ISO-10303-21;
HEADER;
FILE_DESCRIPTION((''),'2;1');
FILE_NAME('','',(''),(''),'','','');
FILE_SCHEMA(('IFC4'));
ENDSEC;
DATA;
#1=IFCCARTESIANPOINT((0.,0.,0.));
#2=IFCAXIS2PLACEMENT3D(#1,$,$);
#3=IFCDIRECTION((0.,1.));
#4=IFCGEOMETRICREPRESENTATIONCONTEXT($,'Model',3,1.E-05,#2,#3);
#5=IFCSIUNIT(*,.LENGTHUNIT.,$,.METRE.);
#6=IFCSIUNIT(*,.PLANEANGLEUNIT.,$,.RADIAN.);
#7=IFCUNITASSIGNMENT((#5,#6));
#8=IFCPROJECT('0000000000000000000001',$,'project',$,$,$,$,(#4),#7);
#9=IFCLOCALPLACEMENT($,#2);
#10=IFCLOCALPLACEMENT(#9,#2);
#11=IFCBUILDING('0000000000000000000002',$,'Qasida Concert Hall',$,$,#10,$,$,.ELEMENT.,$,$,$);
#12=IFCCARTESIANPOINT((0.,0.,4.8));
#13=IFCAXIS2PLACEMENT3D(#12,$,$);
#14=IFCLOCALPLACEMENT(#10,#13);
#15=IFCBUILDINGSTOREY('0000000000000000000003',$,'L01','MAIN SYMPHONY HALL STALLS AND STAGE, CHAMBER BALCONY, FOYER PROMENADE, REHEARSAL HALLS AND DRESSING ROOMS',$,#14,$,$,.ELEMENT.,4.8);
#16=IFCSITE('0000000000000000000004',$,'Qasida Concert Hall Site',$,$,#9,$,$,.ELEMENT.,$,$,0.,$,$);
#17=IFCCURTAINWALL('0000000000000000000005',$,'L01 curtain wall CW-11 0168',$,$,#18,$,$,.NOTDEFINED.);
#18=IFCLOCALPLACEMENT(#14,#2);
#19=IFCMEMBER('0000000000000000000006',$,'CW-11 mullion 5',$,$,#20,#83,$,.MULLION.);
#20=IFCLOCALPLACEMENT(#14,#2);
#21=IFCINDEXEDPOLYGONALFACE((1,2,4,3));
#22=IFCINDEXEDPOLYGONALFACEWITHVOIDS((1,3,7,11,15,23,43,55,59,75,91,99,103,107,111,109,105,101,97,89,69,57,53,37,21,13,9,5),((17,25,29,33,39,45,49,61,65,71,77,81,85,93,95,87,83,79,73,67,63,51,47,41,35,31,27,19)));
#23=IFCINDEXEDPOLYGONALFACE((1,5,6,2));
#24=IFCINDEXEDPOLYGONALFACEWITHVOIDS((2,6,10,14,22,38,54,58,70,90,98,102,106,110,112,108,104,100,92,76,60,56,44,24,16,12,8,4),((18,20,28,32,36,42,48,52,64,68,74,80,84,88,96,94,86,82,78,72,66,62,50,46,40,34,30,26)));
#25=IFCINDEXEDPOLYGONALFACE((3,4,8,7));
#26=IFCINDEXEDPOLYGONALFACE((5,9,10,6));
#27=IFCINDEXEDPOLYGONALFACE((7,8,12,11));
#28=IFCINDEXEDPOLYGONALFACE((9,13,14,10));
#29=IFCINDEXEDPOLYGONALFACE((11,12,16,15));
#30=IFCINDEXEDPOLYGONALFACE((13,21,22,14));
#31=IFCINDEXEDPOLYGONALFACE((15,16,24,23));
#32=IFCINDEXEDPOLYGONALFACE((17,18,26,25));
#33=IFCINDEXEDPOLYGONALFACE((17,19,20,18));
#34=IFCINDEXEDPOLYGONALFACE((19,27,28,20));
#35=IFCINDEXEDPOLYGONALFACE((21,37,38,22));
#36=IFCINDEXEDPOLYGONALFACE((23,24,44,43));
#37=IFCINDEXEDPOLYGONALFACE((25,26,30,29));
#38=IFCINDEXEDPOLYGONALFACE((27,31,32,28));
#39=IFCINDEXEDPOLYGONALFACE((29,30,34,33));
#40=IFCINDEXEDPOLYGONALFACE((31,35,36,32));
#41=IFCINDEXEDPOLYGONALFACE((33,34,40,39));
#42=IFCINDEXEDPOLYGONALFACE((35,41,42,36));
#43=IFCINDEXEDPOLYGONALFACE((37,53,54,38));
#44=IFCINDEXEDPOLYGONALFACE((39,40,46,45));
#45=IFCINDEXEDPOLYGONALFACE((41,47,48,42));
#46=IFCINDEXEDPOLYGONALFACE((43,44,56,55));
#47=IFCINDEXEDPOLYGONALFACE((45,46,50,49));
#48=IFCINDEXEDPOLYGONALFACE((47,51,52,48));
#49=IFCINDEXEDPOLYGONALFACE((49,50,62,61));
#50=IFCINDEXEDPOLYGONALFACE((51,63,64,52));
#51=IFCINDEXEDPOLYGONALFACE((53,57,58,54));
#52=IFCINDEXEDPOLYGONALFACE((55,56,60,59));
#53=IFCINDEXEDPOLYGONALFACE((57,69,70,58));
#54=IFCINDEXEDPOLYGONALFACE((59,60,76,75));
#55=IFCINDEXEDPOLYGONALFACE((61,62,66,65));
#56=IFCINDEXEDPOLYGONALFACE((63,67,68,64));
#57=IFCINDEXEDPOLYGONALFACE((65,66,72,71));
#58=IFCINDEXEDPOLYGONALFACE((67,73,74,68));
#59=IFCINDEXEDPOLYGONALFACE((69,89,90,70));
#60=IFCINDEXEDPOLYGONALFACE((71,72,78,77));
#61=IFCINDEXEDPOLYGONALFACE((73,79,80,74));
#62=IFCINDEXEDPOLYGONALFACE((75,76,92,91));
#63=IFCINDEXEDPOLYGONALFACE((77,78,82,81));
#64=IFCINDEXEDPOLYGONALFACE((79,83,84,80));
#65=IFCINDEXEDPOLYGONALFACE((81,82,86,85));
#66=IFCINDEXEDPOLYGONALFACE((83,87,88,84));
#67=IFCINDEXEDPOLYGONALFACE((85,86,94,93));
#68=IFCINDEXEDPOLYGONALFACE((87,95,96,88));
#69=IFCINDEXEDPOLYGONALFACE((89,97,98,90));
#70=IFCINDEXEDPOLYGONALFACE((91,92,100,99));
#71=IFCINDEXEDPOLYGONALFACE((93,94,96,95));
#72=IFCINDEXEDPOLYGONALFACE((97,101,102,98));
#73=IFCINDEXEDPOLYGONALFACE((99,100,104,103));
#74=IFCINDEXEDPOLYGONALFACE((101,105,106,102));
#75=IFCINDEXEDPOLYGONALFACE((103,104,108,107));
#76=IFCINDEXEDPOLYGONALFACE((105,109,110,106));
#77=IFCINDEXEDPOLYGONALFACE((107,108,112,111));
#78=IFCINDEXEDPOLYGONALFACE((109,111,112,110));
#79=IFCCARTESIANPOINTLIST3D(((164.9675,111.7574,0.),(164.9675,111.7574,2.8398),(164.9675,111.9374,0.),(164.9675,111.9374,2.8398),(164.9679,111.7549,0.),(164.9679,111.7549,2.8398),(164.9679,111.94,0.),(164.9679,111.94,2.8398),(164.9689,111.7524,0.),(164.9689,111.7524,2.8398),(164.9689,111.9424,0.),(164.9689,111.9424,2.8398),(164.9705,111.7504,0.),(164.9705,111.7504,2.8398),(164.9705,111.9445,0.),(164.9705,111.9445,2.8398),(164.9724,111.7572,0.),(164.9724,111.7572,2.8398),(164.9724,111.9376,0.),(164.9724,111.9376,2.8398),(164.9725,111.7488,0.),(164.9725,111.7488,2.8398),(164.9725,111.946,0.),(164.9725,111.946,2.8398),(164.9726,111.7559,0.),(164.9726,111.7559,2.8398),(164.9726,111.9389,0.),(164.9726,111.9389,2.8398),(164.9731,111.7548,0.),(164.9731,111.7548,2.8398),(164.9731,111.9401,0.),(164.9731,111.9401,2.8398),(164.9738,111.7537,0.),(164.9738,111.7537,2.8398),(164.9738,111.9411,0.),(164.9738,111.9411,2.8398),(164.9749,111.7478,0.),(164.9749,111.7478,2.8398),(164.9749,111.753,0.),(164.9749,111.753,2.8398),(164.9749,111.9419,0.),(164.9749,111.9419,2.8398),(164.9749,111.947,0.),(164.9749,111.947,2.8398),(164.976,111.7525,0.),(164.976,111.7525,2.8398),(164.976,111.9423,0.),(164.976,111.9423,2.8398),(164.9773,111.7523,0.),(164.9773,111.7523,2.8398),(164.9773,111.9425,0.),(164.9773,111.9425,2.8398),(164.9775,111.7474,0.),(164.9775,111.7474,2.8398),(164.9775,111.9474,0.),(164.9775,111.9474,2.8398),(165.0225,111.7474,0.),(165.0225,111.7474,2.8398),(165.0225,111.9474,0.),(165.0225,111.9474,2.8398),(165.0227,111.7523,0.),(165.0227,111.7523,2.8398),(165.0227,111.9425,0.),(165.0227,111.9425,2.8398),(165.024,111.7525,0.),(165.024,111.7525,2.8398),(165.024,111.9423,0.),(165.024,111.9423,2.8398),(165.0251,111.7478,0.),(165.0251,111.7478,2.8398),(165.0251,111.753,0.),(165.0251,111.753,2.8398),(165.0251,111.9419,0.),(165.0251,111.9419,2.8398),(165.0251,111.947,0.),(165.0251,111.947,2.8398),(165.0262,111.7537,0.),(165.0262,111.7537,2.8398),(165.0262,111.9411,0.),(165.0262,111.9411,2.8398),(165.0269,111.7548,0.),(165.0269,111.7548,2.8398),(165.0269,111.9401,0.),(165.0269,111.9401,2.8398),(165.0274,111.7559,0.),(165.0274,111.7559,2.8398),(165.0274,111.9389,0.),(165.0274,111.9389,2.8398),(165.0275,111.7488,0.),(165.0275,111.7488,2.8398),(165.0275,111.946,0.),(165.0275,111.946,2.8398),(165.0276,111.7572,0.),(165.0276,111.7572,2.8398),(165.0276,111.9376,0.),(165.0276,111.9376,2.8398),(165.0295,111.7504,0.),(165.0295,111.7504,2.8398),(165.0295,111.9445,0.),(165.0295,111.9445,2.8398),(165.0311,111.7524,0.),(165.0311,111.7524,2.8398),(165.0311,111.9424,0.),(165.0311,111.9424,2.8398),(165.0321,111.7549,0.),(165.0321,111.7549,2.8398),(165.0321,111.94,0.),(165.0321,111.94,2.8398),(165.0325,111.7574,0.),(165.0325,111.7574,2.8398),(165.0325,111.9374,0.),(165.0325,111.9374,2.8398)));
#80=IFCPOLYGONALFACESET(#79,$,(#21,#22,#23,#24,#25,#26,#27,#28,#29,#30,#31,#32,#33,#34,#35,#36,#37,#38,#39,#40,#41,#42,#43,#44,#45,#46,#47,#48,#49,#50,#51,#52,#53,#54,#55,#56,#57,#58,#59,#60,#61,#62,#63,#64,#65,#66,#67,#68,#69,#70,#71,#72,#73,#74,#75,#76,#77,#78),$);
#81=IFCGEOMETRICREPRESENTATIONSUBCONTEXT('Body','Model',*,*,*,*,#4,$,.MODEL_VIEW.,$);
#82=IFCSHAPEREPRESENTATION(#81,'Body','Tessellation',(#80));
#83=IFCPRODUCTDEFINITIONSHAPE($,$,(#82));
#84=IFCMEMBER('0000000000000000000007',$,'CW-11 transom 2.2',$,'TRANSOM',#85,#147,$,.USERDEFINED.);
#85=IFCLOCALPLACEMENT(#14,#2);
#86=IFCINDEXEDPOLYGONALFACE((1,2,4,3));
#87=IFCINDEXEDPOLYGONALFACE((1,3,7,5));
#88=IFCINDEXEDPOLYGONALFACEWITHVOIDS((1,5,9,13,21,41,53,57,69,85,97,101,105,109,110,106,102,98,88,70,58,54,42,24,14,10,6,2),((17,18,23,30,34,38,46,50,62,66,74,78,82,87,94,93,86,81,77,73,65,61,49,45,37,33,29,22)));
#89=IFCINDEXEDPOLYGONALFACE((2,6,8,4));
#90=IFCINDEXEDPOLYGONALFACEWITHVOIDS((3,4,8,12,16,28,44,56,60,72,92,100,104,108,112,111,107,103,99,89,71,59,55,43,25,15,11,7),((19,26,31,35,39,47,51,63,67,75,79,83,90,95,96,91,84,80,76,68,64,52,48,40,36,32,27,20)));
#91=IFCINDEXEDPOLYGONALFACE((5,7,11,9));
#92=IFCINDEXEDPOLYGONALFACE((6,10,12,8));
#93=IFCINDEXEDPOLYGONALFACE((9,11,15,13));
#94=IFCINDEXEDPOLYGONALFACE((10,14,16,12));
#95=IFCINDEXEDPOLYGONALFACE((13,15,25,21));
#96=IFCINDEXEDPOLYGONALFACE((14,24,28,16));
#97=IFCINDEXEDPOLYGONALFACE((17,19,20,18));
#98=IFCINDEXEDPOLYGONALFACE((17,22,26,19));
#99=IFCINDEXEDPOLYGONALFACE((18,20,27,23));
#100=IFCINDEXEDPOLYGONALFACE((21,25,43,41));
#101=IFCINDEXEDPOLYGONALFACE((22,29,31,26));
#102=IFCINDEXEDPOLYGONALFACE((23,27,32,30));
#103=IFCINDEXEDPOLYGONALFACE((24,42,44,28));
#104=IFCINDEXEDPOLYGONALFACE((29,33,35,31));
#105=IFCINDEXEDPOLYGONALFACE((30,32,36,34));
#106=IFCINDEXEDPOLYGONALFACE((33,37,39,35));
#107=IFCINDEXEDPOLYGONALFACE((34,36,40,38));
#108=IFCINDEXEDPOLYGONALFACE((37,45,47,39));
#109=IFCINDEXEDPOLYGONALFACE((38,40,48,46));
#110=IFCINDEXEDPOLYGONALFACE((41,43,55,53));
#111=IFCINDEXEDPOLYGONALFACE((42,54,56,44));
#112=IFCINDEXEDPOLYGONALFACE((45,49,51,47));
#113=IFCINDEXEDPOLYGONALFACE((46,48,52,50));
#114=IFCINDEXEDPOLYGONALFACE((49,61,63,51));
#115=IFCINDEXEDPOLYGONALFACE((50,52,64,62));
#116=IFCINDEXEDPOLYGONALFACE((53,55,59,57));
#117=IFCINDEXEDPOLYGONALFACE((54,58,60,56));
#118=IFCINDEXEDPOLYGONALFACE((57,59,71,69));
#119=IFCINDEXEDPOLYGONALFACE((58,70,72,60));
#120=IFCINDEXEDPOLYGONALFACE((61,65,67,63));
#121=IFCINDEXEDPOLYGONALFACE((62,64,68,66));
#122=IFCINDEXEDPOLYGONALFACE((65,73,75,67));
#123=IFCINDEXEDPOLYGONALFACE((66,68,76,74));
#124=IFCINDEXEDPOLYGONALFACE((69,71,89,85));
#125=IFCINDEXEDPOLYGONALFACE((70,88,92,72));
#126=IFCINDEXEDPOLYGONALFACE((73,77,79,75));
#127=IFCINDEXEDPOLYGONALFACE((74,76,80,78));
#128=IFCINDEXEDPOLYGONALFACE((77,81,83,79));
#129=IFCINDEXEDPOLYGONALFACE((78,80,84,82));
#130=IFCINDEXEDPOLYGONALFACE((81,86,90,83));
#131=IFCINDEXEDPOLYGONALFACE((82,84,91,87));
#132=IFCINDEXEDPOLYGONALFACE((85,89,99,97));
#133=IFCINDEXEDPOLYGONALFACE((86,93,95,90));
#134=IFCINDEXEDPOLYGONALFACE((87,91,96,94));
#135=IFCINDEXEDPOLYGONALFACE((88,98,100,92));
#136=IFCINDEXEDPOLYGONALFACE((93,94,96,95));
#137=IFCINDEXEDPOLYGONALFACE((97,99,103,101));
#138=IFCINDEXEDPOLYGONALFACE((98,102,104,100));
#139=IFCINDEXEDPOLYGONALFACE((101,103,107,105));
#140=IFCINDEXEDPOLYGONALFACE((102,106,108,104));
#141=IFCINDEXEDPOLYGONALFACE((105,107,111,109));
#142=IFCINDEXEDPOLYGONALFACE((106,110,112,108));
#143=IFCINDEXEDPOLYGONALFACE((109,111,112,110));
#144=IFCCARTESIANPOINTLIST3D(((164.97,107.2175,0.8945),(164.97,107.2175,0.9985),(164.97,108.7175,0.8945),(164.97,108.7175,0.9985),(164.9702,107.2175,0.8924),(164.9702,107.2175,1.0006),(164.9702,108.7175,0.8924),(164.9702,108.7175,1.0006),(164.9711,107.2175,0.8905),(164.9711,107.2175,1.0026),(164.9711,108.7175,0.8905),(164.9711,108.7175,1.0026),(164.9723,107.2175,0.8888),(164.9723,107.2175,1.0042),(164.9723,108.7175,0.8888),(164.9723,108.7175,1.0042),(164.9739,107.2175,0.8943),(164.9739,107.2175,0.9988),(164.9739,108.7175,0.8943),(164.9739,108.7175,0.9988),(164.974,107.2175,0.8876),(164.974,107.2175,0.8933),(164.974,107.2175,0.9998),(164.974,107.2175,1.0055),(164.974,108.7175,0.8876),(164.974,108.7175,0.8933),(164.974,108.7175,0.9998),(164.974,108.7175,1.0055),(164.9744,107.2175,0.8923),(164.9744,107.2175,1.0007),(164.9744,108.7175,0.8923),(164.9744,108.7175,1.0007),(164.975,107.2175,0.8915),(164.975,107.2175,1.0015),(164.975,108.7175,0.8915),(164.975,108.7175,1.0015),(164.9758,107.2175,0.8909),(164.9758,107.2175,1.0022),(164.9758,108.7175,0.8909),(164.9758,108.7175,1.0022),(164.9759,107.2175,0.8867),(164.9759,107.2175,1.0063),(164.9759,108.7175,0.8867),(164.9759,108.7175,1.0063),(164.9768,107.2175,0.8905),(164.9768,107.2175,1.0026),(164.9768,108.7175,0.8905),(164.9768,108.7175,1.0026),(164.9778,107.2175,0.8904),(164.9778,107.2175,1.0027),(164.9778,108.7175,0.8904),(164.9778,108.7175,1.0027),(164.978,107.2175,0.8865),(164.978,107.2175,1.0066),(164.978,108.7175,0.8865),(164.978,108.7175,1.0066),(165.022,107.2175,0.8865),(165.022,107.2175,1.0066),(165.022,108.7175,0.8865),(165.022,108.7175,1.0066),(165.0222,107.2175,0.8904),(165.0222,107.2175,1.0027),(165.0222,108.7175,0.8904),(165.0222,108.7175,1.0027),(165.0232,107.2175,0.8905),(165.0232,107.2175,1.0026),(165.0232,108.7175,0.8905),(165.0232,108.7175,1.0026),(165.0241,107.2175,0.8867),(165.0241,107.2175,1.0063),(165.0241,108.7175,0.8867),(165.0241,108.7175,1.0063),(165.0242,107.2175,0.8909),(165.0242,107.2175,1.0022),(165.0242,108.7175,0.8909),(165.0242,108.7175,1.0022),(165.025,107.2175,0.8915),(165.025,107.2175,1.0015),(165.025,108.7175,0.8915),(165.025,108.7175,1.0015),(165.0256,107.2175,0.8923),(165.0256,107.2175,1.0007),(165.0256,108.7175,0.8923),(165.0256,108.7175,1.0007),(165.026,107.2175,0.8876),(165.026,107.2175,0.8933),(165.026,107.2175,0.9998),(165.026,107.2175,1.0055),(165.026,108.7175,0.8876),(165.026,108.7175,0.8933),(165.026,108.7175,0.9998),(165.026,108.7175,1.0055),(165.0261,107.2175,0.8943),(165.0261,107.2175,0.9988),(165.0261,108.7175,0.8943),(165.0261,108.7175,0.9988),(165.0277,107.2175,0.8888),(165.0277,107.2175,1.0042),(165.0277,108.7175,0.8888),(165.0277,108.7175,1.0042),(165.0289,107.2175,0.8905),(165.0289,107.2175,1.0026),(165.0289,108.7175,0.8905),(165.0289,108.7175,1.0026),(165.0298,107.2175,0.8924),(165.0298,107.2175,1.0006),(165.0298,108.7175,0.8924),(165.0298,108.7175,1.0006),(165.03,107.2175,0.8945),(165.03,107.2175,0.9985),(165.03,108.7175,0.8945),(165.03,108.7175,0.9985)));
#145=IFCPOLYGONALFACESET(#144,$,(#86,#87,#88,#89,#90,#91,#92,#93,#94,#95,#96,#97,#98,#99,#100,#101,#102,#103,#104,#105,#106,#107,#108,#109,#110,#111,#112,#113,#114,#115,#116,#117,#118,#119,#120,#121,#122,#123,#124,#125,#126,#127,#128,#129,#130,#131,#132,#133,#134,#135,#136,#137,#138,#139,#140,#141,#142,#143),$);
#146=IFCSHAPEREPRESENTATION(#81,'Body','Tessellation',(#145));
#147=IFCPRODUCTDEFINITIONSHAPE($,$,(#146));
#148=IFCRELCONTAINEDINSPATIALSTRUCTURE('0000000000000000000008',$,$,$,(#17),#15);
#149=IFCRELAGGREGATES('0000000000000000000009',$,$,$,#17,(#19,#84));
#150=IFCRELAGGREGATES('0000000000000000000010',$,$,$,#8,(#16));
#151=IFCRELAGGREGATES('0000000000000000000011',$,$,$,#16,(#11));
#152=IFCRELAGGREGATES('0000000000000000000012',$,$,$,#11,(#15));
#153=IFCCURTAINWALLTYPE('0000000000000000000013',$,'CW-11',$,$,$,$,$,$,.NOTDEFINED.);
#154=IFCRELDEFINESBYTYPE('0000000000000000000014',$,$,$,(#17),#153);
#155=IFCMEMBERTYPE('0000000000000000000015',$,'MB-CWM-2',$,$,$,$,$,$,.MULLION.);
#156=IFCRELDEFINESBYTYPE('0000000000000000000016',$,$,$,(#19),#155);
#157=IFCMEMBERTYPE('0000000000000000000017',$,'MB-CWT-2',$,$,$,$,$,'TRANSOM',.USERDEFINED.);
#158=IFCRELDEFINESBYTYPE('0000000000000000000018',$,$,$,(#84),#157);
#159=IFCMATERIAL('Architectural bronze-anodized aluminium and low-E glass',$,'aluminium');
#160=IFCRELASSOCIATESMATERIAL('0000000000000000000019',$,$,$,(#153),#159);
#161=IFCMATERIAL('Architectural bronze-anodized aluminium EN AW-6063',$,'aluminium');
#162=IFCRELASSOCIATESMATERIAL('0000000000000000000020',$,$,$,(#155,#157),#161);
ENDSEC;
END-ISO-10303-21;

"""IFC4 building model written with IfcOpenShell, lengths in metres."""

from ifc_helpers import new_model, si_unit, direction, frame, origin, origin_2d, place, context, subcontext, project, spatial, hollow_rectangle, extrude, material, material_profile, profile_set, type_object, element, aggregate, save


model = new_model("IFC4")

# Units and contexts
model_context = context("Model", 3, precision=1e-05, world=origin(), true_north=direction((0.0, 1.0)))
body_context = subcontext(model_context, "Body", "Model", "MODEL_VIEW")
ifc_project = project(units=[si_unit("LENGTHUNIT", "METRE"), si_unit("PLANEANGLEUNIT", "RADIAN")], contexts=[model_context])

# Site, building, storey
site_placement = place(None, origin())
site = spatial("IfcSite", under=ifc_project, at=site_placement, Name="Qasida Concert Hall Site", CompositionType="ELEMENT", RefElevation=0.0)
building_placement = place(site_placement, origin())
building = spatial("IfcBuilding", under=site, at=building_placement, Name="Qasida Concert Hall", CompositionType="ELEMENT")
storey_placement = place(building_placement, frame((0.0, 0.0, 4.8)))
storey = spatial("IfcBuildingStorey", under=building, at=storey_placement, Name="L01", Description="MAIN SYMPHONY HALL STALLS AND STAGE, CHAMBER BALCONY, FOYER PROMENADE, REHEARSAL HALLS AND DRESSING ROOMS", CompositionType="ELEMENT", Elevation=4.8)

# Curtain wall, members
ifc_material_1 = material(Name="Architectural bronze-anodized aluminium and low-E glass", Category="aluminium")
curtain_wall_type = type_object("IfcCurtainWallType", Name="CW-11", PredefinedType="NOTDEFINED", material=ifc_material_1)
curtain_wall_placement = place(storey_placement, origin())
curtain_wall = element("IfcCurtainWall", 1, at=curtain_wall_placement, inside=storey, type_object=curtain_wall_type, Name="L01 curtain wall CW-11 0168", PredefinedType="NOTDEFINED")
ifc_material_2 = material(Name="Architectural bronze-anodized aluminium EN AW-6063", Category="aluminium")
ifc_material_profile_1 = material_profile(ifc_material_2, hollow_rectangle(XDim=0.0649, YDim=0.2, WallThickness=0.0049, InnerFilletRadius=0.0049, OuterFilletRadius=0.01, at=origin_2d()), Name="CWM 200x65x5")
ifc_profile_set_1 = profile_set([ifc_material_profile_1], Name="Architectural bronze-anodized aluminium EN AW-6063")
member_type_1 = type_object("IfcMemberType", Name="MB-CWM-2", PredefinedType="MULLION", material=ifc_profile_set_1)
member_1_placement = place(storey_placement, frame((165.0, 111.8474, 0.0), z_axis=(0.0, 0.0, 1.0), x_axis=(-1.0, 0.0, 0.0)))
member_1 = element("IfcMember", 2, at=member_1_placement, type_object=member_type_1, Name="CW-11 mullion 5", PredefinedType="MULLION", context=body_context, shape_type="SweptSolid", body=[
    extrude(hollow_rectangle(XDim=0.0649, YDim=0.2, WallThickness=0.0049, InnerFilletRadius=0.0049, OuterFilletRadius=0.01, at=origin_2d()), origin(), (0.0, 0.0, 1.0), 2.8398),
])
ifc_material_profile_2 = material_profile(ifc_material_2, hollow_rectangle(XDim=0.0601, YDim=0.1201, WallThickness=0.0039, InnerFilletRadius=0.0039, OuterFilletRadius=0.0081, at=origin_2d()), Name="CWT 120x60x4")
ifc_profile_set_2 = profile_set([ifc_material_profile_2], Name="Architectural bronze-anodized aluminium EN AW-6063")
member_type_2 = type_object("IfcMemberType", Name="MB-CWT-2", ElementType="TRANSOM", PredefinedType="USERDEFINED", material=ifc_profile_set_2)
member_2_placement = place(storey_placement, frame((165.0, 107.2175, 0.9465), z_axis=(0.0, 1.0, 0.0), x_axis=(-1.0, 0.0, 0.0)))
member_2 = element("IfcMember", 3, at=member_2_placement, type_object=member_type_2, Name="CW-11 transom 2.2", ObjectType="TRANSOM", PredefinedType="USERDEFINED", context=body_context, shape_type="SweptSolid", body=[
    extrude(hollow_rectangle(XDim=0.0601, YDim=0.1201, WallThickness=0.0039, InnerFilletRadius=0.0039, OuterFilletRadius=0.0081, at=origin_2d()), origin(), (0.0, 0.0, 1.0), 1.5),
])
aggregate(curtain_wall, [member_1, member_2])

save(model, "model.ifc")
